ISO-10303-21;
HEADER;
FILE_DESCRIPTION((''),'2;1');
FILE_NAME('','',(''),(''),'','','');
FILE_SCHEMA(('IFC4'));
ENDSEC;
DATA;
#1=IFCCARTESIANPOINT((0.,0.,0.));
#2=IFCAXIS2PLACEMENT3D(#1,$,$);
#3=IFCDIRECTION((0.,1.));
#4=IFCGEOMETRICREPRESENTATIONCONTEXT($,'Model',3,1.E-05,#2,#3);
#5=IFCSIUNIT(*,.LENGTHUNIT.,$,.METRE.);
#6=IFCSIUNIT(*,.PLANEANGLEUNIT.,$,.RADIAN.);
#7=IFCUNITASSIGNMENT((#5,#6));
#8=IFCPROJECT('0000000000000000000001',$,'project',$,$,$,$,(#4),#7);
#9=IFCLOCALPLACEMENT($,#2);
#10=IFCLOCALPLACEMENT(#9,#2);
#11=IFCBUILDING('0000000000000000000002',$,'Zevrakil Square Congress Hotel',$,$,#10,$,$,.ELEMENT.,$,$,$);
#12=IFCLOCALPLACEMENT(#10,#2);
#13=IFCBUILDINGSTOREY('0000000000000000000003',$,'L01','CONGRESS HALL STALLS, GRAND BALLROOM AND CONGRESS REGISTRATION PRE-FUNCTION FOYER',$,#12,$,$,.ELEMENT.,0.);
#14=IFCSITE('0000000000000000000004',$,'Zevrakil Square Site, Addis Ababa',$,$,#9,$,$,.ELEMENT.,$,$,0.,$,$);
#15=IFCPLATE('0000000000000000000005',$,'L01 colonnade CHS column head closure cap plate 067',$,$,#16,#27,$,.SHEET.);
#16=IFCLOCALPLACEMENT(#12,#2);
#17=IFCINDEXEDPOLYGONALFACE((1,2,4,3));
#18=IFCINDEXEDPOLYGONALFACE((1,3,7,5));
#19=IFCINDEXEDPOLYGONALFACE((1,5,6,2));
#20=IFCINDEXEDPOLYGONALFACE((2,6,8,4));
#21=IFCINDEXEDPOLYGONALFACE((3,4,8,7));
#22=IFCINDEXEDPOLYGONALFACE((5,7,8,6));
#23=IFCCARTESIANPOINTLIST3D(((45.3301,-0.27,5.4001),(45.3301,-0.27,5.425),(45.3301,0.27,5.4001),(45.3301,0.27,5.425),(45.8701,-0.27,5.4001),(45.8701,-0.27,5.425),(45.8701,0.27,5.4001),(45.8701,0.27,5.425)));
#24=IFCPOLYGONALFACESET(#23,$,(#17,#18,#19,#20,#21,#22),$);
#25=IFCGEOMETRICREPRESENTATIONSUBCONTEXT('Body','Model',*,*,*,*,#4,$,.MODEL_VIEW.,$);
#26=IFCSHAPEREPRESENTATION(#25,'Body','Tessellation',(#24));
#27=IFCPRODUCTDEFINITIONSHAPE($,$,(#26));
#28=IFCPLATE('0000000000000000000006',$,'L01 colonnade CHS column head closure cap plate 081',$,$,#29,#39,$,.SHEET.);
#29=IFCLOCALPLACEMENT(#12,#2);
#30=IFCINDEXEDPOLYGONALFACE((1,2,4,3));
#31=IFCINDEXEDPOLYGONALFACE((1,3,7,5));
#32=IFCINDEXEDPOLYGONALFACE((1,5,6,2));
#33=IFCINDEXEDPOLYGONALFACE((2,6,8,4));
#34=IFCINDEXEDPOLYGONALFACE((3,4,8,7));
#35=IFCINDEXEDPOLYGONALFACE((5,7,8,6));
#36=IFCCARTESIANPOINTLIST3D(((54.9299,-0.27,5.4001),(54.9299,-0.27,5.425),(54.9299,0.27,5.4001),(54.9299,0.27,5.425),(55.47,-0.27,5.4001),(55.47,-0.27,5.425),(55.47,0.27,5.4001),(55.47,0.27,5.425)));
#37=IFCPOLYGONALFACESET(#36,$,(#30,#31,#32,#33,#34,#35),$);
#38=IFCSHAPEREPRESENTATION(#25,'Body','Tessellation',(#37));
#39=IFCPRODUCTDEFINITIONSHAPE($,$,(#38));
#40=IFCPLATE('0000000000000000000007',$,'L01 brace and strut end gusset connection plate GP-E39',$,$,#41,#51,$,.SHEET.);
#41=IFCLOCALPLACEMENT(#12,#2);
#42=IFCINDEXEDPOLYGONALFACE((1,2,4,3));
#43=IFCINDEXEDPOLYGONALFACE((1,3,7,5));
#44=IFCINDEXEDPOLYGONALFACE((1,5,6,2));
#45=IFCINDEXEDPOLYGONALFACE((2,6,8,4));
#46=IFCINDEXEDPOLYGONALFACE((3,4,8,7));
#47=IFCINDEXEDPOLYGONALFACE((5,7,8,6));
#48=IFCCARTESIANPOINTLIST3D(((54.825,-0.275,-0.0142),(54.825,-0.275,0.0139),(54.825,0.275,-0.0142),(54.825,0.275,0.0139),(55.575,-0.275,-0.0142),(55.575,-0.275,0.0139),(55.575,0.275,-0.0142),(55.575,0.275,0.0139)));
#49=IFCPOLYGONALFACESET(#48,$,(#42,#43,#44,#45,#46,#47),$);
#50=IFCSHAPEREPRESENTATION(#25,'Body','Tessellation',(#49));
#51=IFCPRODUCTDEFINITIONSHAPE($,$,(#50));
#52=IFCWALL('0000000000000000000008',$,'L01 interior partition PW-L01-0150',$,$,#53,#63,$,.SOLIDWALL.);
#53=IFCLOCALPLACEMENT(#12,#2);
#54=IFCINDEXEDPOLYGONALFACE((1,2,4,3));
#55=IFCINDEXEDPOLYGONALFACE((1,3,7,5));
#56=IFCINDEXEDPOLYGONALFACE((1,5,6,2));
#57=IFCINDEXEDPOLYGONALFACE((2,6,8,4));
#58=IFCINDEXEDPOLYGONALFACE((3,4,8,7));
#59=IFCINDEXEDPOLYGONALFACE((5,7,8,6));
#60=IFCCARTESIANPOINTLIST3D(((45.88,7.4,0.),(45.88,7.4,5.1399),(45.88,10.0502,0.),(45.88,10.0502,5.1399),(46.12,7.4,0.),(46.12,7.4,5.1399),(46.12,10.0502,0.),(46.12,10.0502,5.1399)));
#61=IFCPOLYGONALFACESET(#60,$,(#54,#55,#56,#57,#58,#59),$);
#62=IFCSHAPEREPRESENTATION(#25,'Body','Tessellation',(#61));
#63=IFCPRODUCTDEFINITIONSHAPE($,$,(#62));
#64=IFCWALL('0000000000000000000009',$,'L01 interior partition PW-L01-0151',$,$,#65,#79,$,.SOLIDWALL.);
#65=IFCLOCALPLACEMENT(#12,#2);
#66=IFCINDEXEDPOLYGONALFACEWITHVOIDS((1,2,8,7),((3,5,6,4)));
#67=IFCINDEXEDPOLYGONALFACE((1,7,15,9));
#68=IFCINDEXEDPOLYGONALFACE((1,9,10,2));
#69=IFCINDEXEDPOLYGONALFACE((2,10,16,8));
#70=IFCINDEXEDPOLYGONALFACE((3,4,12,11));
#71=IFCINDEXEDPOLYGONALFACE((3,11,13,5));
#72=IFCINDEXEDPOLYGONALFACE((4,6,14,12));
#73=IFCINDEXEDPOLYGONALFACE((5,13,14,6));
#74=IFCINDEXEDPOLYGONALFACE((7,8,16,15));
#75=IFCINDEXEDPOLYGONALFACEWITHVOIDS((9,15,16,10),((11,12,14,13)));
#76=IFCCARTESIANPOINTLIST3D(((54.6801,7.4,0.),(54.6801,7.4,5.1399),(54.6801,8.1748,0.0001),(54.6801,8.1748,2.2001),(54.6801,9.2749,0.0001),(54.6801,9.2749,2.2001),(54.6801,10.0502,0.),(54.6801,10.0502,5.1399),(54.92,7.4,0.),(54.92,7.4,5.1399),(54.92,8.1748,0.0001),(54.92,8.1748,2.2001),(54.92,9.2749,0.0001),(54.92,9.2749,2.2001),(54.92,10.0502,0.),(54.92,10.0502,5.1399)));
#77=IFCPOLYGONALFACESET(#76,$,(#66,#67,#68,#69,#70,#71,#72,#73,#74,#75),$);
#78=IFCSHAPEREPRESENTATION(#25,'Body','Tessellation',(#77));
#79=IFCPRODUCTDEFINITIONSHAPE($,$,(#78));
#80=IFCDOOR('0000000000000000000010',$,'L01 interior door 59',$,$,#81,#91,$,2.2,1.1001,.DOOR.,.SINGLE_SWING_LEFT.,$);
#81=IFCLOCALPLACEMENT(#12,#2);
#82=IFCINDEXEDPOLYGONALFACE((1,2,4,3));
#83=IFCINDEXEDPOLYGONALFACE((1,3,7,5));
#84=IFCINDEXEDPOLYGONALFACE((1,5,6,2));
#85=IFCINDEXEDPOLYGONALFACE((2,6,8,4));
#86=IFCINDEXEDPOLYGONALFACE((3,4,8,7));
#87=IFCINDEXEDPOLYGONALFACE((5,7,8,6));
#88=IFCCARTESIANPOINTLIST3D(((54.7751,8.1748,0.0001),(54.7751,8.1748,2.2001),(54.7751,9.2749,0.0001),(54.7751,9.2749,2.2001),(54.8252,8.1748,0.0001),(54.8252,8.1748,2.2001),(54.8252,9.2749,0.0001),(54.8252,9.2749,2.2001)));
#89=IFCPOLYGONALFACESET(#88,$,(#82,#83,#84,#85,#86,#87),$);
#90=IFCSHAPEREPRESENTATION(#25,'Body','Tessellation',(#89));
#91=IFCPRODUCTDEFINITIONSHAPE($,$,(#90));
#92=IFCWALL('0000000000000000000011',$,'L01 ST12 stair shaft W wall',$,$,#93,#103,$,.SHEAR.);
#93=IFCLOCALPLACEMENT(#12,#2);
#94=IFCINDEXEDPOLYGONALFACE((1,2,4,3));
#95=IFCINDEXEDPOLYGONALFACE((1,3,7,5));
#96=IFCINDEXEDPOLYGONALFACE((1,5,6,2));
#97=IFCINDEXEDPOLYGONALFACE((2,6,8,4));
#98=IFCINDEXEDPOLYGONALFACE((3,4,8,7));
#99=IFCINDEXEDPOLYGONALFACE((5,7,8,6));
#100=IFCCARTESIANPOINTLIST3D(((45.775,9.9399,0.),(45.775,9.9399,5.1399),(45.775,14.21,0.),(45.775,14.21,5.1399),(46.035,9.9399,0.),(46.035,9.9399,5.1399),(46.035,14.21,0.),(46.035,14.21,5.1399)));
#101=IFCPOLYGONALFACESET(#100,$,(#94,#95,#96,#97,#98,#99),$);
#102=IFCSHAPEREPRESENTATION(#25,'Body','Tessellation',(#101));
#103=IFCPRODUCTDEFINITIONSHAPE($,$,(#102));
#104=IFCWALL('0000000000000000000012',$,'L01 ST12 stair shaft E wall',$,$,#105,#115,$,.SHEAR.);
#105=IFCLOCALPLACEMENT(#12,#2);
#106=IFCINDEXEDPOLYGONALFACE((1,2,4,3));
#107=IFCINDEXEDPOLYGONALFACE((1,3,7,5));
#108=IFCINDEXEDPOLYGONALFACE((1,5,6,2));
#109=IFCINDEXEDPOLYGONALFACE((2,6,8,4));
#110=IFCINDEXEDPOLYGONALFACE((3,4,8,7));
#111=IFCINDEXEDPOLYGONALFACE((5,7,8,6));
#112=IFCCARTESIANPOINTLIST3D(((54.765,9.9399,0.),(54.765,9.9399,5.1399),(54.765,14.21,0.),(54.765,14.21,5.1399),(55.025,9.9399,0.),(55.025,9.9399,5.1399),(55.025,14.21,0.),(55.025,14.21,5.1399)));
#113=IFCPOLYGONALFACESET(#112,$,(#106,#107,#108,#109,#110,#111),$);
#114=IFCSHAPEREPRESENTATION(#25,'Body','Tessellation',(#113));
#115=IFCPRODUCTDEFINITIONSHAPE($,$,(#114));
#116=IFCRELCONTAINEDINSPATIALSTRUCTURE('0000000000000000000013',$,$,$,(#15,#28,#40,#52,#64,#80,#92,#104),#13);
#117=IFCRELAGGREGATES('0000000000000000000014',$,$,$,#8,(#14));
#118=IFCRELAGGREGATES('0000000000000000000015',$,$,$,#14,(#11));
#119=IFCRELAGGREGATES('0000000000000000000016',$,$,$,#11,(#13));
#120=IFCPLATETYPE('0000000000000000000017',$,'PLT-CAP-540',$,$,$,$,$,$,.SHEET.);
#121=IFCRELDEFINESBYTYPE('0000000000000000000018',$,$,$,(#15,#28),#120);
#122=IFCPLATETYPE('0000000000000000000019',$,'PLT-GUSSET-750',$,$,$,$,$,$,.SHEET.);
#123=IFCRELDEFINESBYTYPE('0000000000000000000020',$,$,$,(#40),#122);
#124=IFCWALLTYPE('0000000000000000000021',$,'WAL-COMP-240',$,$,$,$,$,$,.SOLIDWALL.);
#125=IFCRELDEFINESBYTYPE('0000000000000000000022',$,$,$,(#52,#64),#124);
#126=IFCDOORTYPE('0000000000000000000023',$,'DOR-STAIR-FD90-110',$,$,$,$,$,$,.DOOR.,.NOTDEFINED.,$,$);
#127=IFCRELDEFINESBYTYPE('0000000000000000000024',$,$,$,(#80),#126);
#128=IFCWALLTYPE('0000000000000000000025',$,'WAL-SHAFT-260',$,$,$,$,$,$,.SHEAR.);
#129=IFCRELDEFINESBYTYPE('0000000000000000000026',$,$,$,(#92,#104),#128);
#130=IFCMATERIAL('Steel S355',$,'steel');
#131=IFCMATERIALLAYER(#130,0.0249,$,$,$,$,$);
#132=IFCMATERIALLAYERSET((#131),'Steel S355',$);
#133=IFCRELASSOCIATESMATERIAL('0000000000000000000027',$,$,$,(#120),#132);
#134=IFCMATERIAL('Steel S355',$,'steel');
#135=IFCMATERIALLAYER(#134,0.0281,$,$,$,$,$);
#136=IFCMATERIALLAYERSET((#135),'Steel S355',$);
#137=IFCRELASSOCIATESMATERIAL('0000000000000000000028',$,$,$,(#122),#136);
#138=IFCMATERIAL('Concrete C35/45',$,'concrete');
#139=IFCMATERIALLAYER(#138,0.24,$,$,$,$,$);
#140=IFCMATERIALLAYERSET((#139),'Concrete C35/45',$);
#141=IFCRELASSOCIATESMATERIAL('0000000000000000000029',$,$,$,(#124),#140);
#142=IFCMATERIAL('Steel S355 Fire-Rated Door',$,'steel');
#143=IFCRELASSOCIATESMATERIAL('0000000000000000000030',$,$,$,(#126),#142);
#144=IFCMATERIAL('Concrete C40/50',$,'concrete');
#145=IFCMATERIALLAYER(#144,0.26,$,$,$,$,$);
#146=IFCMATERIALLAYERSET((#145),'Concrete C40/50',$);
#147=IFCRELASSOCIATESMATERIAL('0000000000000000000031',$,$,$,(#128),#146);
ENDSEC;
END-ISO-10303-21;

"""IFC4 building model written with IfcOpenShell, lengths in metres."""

from ifc_helpers import new_model, si_unit, direction, frame, frame_2d, origin, origin_2d, place, context, subcontext, project, spatial, rectangle, extrude, material, layer, layer_set, type_object, element, fill, save


model = new_model("IFC4")

# Units and contexts
model_context = context("Model", 3, precision=1e-05, world=origin(), true_north=direction((0.0, 1.0)))
body_context = subcontext(model_context, "Body", "Model", "MODEL_VIEW")
ifc_project = project(units=[si_unit("LENGTHUNIT", "METRE"), si_unit("PLANEANGLEUNIT", "RADIAN")], contexts=[model_context])

# Site, building, storey
site_placement = place(None, origin())
site = spatial("IfcSite", under=ifc_project, at=site_placement, Name="Zevrakil Square Site, Addis Ababa", CompositionType="ELEMENT", RefElevation=0.0)
building_placement = place(site_placement, origin())
building = spatial("IfcBuilding", under=site, at=building_placement, Name="Zevrakil Square Congress Hotel", CompositionType="ELEMENT")
storey_placement = place(building_placement, origin())
storey = spatial("IfcBuildingStorey", under=building, at=storey_placement, Name="L01", Description="CONGRESS HALL STALLS, GRAND BALLROOM AND CONGRESS REGISTRATION PRE-FUNCTION FOYER", CompositionType="ELEMENT", Elevation=0.0)

# Plates
ifc_material_1 = material(Name="Steel S355", Category="steel")
ifc_layer_1 = layer(ifc_material_1, 0.0249)
ifc_layer_set_1 = layer_set([ifc_layer_1], Name="Steel S355")
plate_type_1 = type_object("IfcPlateType", Name="PLT-CAP-540", PredefinedType="SHEET", material=ifc_layer_set_1)
for number, where, z_axis, x_axis, name in (
    (1, (45.6001, 0.0, 5.4001), (0.0, 0.0, 1.0), (1.0, 0.0, 0.0), "L01 colonnade CHS column head closure cap plate 067"),
    (2, (55.2, 0.0, 5.4001), (0.0, 0.0, 1.0), (1.0, 0.0, 0.0), "L01 colonnade CHS column head closure cap plate 081"),
):
    element("IfcPlate", number, at=place(storey_placement, frame(where, z_axis=z_axis, x_axis=x_axis)), inside=storey, type_object=plate_type_1, Name=name, PredefinedType="SHEET", context=body_context, shape_type="SweptSolid", body=[
        extrude(rectangle(XDim=0.54, YDim=0.54, at=origin_2d()), origin(), (0.0, 0.0, 1.0), 0.0249),
    ])
ifc_material_2 = material(Name="Steel S355", Category="steel")
ifc_layer_2 = layer(ifc_material_2, 0.0281)
ifc_layer_set_2 = layer_set([ifc_layer_2], Name="Steel S355")
plate_type_2 = type_object("IfcPlateType", Name="PLT-GUSSET-750", PredefinedType="SHEET", material=ifc_layer_set_2)
plate_placement = place(storey_placement, frame((55.2, 0.0, -0.0142), z_axis=(0.0, 0.0, 1.0), x_axis=(1.0, 0.0, 0.0)))
element("IfcPlate", 3, at=plate_placement, inside=storey, type_object=plate_type_2, Name="L01 brace and strut end gusset connection plate GP-E39", PredefinedType="SHEET", context=body_context, shape_type="SweptSolid", body=[
    extrude(rectangle(XDim=0.75, YDim=0.55, at=origin_2d()), origin(), (0.0, 0.0, 1.0), 0.0281),
])

# Wall
ifc_material_3 = material(Name="Concrete C35/45", Category="concrete")
ifc_layer_3 = layer(ifc_material_3, 0.24)
ifc_layer_set_3 = layer_set([ifc_layer_3], Name="Concrete C35/45")
wall_type_1 = type_object("IfcWallType", Name="WAL-COMP-240", PredefinedType="SOLIDWALL", material=ifc_layer_set_3)
wall_1_placement = place(storey_placement, frame((46.0, 7.3999, 0.0), z_axis=(0.0, 0.0, 1.0), x_axis=(0.0, 1.0, 0.0)))
element("IfcWall", 4, at=wall_1_placement, inside=storey, type_object=wall_type_1, Name="L01 interior partition PW-L01-0150", PredefinedType="SOLIDWALL", context=body_context, shape_type="SweptSolid", body=[
    extrude(rectangle(XDim=2.6501, YDim=0.24, at=frame_2d((1.3252, 0.0))), origin(), (0.0, 0.0, 1.0), 5.1399),
])

# Wall, opening, door
wall_2_placement = place(storey_placement, frame((54.8, 7.3999, 0.0), z_axis=(0.0, 0.0, 1.0), x_axis=(0.0, 1.0, 0.0)))
wall_2 = element("IfcWall", 5, at=wall_2_placement, inside=storey, type_object=wall_type_1, Name="L01 interior partition PW-L01-0151", PredefinedType="SOLIDWALL", context=body_context, shape_type="SweptSolid", body=[
    extrude(rectangle(XDim=2.6501, YDim=0.24, at=frame_2d((1.3252, 0.0))), origin(), (0.0, 0.0, 1.0), 5.1399),
])
opening_1_placement = place(wall_2_placement, frame((0.7749, 0.0, 0.0)))
opening_1 = element("IfcOpeningElement", 6, at=opening_1_placement, cuts=wall_2, PredefinedType="OPENING", context=body_context, shape_type="SweptSolid", body=[
    extrude(rectangle(XDim=1.1001, YDim=2.2, at=frame_2d((0.55, 1.1001))), frame((0.0, 0.1299, 0.0), z_axis=(0.0, -1.0, 0.0), x_axis=(1.0, 0.0, 0.0)), (0.0, 0.0, 1.0), 0.26),
])
ifc_material_4 = material(Name="Steel S355 Fire-Rated Door", Category="steel")
door_type_1 = type_object("IfcDoorType", Name="DOR-STAIR-FD90-110", OperationType="NOTDEFINED", PredefinedType="DOOR", material=ifc_material_4)
door_1_placement = place(opening_1_placement, origin())
door_1 = element("IfcDoor", 7, at=door_1_placement, inside=storey, type_object=door_type_1, Name="L01 interior door 59", OperationType="SINGLE_SWING_LEFT", OverallHeight=2.2, OverallWidth=1.1001, PredefinedType="DOOR", context=body_context, shape_type="SweptSolid", body=[
    extrude(rectangle(XDim=1.1001, YDim=2.2, at=frame_2d((0.55, 1.1001))), frame((0.0, 0.0249, 0.0), z_axis=(0.0, -1.0, 0.0), x_axis=(1.0, 0.0, 0.0)), (0.0, 0.0, 1.0), 0.05),
])
fill(opening_1, door_1)

# Walls
ifc_material_5 = material(Name="Concrete C40/50", Category="concrete")
ifc_layer_4 = layer(ifc_material_5, 0.26)
ifc_layer_set_4 = layer_set([ifc_layer_4], Name="Concrete C40/50")
wall_type_2 = type_object("IfcWallType", Name="WAL-SHAFT-260", PredefinedType="SHEAR", material=ifc_layer_set_4)
for number, where, z_axis, x_axis, name in (
    (8, (45.905, 9.9399, 0.0), (0.0, 0.0, 1.0), (0.0, 1.0, 0.0), "L01 ST12 stair shaft W wall"),
    (9, (54.895, 9.9399, 0.0), (0.0, 0.0, 1.0), (0.0, 1.0, 0.0), "L01 ST12 stair shaft E wall"),
):
    element("IfcWall", number, at=place(storey_placement, frame(where, z_axis=z_axis, x_axis=x_axis)), inside=storey, type_object=wall_type_2, Name=name, PredefinedType="SHEAR", context=body_context, shape_type="SweptSolid", body=[
        extrude(rectangle(XDim=4.27, YDim=0.26, at=frame_2d((2.135, 0.0))), origin(), (0.0, 0.0, 1.0), 5.1399),
    ])

save(model, "model.ifc")
